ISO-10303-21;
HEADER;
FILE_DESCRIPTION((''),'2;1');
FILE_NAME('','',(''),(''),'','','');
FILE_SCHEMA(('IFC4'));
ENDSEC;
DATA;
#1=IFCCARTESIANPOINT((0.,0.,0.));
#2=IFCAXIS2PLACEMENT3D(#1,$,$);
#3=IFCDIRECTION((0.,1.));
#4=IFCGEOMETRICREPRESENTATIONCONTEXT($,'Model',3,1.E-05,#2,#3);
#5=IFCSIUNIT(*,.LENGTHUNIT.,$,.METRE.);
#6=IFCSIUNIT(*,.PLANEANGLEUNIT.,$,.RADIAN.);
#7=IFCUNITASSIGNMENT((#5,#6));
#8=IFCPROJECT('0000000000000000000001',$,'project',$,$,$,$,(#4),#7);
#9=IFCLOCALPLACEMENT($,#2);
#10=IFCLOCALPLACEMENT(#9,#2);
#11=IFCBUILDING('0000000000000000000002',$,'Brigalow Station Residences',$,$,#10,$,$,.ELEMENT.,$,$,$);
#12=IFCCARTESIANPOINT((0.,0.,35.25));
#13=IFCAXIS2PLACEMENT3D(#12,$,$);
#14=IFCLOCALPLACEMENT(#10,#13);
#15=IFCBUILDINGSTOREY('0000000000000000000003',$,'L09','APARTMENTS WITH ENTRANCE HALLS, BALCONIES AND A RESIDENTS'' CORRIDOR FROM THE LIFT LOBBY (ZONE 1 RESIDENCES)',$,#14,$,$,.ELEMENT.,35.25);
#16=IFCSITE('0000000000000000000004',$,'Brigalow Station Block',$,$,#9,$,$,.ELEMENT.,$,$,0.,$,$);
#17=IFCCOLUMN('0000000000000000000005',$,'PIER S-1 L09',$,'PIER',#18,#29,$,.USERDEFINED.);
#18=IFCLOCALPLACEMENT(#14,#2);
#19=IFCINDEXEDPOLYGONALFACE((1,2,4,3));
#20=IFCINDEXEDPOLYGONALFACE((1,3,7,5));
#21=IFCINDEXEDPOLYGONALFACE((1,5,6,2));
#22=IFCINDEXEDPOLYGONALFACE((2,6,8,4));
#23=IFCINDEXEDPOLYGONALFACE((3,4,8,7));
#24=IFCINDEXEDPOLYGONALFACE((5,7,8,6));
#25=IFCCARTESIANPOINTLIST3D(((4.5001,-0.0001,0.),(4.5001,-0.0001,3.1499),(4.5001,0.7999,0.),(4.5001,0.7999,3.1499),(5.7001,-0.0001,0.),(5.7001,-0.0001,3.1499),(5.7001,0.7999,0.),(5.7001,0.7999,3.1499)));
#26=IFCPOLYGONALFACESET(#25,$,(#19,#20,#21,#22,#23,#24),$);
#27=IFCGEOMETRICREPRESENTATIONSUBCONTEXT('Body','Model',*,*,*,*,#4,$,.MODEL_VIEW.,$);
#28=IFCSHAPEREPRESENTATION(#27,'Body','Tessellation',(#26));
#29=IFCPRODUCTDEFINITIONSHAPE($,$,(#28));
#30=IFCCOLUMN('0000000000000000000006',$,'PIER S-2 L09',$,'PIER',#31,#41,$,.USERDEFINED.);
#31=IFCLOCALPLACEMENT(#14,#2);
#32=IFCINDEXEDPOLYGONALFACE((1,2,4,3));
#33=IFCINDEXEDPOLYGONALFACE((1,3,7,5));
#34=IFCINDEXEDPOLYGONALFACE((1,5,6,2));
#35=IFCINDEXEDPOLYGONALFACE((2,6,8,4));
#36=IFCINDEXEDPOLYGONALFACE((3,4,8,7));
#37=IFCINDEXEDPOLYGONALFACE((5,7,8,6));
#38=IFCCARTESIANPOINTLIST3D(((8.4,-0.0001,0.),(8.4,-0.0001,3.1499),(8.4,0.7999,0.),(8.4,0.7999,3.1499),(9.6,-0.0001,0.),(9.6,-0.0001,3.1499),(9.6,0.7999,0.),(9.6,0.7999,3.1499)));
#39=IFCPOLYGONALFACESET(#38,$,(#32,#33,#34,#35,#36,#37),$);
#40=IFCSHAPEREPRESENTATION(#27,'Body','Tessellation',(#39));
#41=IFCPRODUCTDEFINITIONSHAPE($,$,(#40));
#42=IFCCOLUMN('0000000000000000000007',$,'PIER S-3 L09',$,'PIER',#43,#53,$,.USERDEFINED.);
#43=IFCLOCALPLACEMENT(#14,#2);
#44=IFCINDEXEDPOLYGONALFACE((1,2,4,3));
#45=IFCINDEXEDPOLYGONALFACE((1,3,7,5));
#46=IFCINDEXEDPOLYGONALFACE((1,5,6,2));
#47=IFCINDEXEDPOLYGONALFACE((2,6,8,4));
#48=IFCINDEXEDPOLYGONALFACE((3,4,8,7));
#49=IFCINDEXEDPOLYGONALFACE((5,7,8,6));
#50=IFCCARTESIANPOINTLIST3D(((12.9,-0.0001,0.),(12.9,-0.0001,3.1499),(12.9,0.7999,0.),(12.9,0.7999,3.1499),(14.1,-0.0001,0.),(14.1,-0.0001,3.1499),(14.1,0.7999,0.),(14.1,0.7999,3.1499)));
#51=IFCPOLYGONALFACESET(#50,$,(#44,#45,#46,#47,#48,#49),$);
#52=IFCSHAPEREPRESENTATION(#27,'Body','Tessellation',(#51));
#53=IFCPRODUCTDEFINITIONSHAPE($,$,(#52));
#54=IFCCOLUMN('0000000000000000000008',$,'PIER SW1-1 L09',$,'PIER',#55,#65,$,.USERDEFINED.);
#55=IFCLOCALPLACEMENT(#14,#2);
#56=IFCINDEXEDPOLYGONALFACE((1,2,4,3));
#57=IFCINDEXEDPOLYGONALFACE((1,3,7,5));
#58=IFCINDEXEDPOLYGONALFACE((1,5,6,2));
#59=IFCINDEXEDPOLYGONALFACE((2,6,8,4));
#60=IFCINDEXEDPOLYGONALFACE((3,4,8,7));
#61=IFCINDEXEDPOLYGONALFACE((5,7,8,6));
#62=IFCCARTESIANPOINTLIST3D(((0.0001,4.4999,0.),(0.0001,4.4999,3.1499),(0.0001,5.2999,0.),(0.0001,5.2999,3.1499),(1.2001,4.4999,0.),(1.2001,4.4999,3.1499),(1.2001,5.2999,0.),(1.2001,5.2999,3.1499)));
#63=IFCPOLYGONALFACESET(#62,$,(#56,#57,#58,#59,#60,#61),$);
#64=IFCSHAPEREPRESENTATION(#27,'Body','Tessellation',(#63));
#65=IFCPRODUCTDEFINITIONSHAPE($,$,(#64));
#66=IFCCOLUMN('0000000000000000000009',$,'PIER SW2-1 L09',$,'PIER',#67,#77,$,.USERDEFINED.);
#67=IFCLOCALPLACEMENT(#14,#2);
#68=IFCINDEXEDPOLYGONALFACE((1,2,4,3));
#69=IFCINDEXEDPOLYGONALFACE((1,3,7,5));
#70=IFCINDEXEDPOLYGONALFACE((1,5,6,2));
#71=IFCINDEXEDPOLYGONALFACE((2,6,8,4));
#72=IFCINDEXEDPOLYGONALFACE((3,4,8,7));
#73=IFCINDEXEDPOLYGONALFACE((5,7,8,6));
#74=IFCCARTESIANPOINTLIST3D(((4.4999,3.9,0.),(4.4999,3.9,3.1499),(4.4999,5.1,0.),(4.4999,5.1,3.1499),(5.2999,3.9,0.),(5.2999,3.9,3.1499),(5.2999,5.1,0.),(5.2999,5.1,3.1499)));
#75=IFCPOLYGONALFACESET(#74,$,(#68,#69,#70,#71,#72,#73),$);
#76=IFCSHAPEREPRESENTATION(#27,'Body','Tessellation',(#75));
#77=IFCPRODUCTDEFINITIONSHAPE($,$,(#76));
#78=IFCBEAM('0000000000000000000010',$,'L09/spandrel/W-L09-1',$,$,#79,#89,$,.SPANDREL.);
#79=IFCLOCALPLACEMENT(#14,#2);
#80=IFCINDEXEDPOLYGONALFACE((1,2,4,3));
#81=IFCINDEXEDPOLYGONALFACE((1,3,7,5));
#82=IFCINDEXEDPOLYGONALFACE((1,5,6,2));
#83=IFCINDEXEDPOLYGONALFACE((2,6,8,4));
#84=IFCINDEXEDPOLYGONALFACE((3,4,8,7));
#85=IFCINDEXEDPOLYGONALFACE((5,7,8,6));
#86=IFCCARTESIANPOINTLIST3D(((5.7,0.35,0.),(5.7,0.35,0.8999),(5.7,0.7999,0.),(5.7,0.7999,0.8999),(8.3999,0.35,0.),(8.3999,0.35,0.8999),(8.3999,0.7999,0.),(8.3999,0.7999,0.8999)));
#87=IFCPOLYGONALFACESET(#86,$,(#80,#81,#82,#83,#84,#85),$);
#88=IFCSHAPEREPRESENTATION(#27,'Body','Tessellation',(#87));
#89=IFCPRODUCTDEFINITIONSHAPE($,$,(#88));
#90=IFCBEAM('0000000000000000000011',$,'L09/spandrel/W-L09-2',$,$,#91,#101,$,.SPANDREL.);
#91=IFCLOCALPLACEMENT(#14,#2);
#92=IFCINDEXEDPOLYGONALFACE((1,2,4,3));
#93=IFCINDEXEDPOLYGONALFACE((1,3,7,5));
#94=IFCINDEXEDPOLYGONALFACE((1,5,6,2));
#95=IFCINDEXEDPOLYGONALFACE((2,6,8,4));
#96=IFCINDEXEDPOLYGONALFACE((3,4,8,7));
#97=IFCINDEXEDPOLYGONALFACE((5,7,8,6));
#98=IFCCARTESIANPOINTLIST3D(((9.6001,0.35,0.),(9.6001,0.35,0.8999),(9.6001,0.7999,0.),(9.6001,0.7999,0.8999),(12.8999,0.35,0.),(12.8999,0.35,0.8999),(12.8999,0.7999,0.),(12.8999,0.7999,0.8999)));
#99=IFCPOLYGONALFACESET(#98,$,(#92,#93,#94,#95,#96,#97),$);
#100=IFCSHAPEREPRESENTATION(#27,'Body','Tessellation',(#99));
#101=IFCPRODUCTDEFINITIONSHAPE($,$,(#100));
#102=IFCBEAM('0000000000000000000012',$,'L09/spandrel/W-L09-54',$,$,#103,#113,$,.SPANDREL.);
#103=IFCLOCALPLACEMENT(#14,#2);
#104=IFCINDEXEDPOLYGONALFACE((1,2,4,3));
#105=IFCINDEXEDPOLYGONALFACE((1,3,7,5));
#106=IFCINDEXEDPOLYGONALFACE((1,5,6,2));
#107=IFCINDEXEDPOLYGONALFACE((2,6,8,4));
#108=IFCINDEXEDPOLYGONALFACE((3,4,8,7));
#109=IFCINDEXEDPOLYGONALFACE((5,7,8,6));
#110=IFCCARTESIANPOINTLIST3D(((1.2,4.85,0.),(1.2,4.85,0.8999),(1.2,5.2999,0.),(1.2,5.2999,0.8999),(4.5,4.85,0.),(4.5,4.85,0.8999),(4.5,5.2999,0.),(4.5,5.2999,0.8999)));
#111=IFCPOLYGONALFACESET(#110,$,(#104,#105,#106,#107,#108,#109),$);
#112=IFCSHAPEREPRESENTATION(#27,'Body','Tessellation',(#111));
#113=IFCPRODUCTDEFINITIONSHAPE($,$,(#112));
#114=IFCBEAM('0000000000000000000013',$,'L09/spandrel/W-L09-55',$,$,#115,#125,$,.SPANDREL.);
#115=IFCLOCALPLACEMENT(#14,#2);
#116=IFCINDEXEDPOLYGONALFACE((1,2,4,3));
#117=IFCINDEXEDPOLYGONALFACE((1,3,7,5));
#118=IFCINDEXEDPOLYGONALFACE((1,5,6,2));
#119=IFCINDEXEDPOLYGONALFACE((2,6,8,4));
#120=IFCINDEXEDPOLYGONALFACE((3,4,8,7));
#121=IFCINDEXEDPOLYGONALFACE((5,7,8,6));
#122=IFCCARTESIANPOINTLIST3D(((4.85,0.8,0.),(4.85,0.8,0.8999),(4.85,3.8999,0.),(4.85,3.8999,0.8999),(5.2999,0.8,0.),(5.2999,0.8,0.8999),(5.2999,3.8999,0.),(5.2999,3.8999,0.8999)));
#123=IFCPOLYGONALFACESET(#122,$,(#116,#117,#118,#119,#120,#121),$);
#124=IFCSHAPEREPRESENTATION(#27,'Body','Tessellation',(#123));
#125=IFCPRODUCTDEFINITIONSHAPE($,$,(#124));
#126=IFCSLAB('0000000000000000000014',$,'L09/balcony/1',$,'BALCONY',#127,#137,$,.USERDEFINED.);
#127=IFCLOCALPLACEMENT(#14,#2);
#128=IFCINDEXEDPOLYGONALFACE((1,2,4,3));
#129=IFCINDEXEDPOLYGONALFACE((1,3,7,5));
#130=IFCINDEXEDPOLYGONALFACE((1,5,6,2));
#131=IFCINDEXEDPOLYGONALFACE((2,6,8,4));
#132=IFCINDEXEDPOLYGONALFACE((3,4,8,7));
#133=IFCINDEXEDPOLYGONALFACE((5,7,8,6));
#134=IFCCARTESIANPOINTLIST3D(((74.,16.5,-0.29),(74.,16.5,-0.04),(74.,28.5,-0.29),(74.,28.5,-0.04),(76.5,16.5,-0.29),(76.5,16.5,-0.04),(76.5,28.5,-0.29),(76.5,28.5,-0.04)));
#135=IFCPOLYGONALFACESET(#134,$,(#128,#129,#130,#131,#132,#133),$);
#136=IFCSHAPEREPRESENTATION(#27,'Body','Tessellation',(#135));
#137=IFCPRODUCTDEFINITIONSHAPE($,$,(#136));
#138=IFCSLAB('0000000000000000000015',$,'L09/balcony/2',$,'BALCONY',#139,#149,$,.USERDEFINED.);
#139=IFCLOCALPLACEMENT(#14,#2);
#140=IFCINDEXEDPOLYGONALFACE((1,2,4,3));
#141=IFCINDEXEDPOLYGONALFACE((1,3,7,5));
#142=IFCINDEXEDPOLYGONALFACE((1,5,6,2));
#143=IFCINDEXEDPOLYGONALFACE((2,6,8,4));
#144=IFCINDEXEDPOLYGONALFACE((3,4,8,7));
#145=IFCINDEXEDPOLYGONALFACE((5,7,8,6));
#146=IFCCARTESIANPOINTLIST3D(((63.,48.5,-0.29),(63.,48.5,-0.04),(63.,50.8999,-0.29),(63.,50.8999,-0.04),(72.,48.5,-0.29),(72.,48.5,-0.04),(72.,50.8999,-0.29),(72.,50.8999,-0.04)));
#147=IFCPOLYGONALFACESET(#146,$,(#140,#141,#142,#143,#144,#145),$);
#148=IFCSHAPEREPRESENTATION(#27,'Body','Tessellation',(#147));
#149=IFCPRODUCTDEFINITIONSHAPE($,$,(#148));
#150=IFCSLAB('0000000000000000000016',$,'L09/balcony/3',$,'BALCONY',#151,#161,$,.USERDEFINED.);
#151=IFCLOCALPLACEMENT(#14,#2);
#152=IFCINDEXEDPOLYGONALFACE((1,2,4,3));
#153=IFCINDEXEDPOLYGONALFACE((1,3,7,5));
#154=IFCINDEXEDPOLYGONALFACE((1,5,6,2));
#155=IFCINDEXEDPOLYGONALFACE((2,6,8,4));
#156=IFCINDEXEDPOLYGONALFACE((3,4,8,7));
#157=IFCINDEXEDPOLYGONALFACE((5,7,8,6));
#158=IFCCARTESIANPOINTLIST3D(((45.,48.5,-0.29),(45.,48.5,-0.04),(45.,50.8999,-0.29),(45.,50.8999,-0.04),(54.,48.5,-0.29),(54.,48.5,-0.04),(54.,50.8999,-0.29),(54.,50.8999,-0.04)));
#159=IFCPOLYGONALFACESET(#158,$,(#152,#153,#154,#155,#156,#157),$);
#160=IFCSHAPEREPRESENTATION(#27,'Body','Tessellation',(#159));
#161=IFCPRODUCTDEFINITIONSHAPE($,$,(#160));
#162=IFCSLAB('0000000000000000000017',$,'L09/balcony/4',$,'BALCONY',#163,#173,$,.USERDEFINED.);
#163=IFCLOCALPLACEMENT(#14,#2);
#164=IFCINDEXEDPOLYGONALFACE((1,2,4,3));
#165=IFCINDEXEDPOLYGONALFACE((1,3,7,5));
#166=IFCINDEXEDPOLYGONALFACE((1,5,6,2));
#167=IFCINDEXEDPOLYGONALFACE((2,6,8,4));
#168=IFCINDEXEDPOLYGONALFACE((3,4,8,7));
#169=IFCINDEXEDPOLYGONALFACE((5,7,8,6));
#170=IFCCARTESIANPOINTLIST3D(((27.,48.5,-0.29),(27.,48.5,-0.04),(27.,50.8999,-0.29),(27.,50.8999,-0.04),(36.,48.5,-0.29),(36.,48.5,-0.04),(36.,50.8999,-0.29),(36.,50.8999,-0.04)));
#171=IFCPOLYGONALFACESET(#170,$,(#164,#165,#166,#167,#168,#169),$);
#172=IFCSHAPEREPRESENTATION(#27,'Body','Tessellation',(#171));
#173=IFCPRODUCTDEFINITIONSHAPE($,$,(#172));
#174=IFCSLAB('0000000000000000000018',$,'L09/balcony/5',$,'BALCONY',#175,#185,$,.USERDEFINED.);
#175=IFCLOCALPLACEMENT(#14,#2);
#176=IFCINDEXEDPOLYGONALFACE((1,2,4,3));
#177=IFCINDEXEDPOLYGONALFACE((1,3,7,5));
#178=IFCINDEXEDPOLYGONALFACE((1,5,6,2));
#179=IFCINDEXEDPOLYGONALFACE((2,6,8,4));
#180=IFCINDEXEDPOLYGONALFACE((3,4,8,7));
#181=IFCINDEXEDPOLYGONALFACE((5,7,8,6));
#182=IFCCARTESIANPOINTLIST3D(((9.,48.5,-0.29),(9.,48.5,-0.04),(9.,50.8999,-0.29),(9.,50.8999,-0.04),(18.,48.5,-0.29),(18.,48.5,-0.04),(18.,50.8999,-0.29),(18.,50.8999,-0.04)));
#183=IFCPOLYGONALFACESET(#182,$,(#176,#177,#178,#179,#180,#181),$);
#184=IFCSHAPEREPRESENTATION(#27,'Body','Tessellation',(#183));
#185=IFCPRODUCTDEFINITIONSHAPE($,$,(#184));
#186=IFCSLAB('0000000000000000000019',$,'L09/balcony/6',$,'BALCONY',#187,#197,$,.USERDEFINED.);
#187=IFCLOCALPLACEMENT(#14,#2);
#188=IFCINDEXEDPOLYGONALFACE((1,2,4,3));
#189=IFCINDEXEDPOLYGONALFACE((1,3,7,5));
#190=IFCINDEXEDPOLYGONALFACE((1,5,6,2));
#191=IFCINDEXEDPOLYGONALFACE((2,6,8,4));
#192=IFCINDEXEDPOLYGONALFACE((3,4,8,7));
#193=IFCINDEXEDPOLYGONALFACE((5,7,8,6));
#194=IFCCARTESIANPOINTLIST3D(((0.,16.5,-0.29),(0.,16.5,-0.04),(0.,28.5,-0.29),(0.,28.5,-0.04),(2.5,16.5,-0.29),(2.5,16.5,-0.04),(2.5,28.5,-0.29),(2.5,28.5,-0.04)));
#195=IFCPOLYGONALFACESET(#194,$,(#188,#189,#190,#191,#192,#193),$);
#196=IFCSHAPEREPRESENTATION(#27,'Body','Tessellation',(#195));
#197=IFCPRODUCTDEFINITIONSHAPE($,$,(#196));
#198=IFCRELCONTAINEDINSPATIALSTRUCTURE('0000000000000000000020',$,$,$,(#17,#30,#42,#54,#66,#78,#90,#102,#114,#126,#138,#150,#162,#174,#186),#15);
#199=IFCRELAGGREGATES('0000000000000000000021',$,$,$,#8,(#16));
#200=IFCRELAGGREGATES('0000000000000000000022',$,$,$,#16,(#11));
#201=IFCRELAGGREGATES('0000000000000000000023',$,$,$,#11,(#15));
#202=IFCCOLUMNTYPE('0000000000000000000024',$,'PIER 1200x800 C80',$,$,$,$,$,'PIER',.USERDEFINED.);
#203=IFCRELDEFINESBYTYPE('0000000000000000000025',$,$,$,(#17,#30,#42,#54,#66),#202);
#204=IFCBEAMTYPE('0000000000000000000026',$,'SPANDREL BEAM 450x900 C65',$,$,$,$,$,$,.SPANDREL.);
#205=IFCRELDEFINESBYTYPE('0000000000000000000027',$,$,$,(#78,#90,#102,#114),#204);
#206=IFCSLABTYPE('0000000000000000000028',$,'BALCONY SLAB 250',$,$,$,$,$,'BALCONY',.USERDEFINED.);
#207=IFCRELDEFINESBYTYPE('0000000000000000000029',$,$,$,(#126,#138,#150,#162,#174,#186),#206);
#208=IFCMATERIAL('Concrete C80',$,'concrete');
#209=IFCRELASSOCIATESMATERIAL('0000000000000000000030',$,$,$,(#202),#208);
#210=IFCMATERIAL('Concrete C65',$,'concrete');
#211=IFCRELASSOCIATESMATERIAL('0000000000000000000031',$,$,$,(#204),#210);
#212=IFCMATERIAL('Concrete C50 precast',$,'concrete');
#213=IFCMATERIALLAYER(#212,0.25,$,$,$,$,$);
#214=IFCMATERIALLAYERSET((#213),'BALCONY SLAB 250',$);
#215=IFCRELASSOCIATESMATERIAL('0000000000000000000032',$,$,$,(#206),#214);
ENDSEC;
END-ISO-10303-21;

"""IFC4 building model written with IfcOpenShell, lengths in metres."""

from ifc_helpers import new_model, si_unit, direction, frame, origin, origin_2d, place, context, subcontext, project, spatial, polyline, rectangle, outline, extrude, material, layer, layer_set, material_profile, profile_set, type_object, element, save


model = new_model("IFC4")

# Units and contexts
model_context = context("Model", 3, precision=1e-05, world=origin(), true_north=direction((0.0, 1.0)))
body_context = subcontext(model_context, "Body", "Model", "MODEL_VIEW")
ifc_project = project(units=[si_unit("LENGTHUNIT", "METRE"), si_unit("PLANEANGLEUNIT", "RADIAN")], contexts=[model_context])

# Site, building, storey
site_placement = place(None, origin())
site = spatial("IfcSite", under=ifc_project, at=site_placement, Name="Brigalow Station Block", CompositionType="ELEMENT", RefElevation=0.0)
building_placement = place(site_placement, origin())
building = spatial("IfcBuilding", under=site, at=building_placement, Name="Brigalow Station Residences", CompositionType="ELEMENT")
storey_placement = place(building_placement, frame((0.0, 0.0, 35.25)))
storey = spatial("IfcBuildingStorey", under=building, at=storey_placement, Name="L09", Description="APARTMENTS WITH ENTRANCE HALLS, BALCONIES AND A RESIDENTS' CORRIDOR FROM THE LIFT LOBBY (ZONE 1 RESIDENCES)", CompositionType="ELEMENT", Elevation=35.25)

# Columns
ifc_material_1 = material(Name="Concrete C80", Category="concrete")
ifc_material_profile_1 = material_profile(ifc_material_1, rectangle(XDim=1.2, YDim=0.8, at=origin_2d()), Name="RC1200x800")
ifc_profile_set_1 = profile_set([ifc_material_profile_1], Name="Concrete C80")
column_type = type_object("IfcColumnType", Name="PIER 1200x800 C80", ElementType="PIER", PredefinedType="USERDEFINED", material=ifc_profile_set_1)
for number, where, z_axis, x_axis, name in (
    (1, (5.1001, 0.3999, 0.0), (0.0, 0.0, 1.0), (1.0, 0.0, 0.0), "PIER S-1 L09"),
    (2, (9.0, 0.3999, 0.0), (0.0, 0.0, 1.0), (1.0, 0.0, 0.0), "PIER S-2 L09"),
    (3, (13.5, 0.3999, 0.0), (0.0, 0.0, 1.0), (1.0, 0.0, 0.0), "PIER S-3 L09"),
    (4, (0.6001, 4.8999, 0.0), (0.0, 0.0, 1.0), (1.0, 0.0, 0.0), "PIER SW1-1 L09"),
    (5, (4.8999, 4.5, 0.0), (0.0, 0.0, 1.0), (0.0, -1.0, 0.0), "PIER SW2-1 L09"),
):
    element("IfcColumn", number, at=place(storey_placement, frame(where, z_axis=z_axis, x_axis=x_axis)), inside=storey, type_object=column_type, Name=name, ObjectType="PIER", PredefinedType="USERDEFINED", context=body_context, shape_type="SweptSolid", body=[
        extrude(rectangle(XDim=1.2, YDim=0.8, at=origin_2d()), origin(), (0.0, 0.0, 1.0), 3.1499),
    ])

# Beams
ifc_material_2 = material(Name="Concrete C65", Category="concrete")
ifc_material_profile_2 = material_profile(ifc_material_2, rectangle(XDim=0.45, YDim=0.8999, at=origin_2d()), Name="RC450x900")
ifc_profile_set_2 = profile_set([ifc_material_profile_2], Name="Concrete C65")
beam_type = type_object("IfcBeamType", Name="SPANDREL BEAM 450x900 C65", PredefinedType="SPANDREL", material=ifc_profile_set_2)
beam_1_placement = place(storey_placement, frame((5.7, 0.575, 0.45), z_axis=(1.0, 0.0, 0.0), x_axis=(0.0, 1.0, 0.0)))
element("IfcBeam", 6, at=beam_1_placement, inside=storey, type_object=beam_type, Name="L09/spandrel/W-L09-1", PredefinedType="SPANDREL", context=body_context, shape_type="SweptSolid", body=[
    extrude(rectangle(XDim=0.45, YDim=0.8999, at=origin_2d()), origin(), (0.0, 0.0, 1.0), 2.7),
])
beam_2_placement = place(storey_placement, frame((9.6001, 0.575, 0.45), z_axis=(1.0, 0.0, 0.0), x_axis=(0.0, 1.0, 0.0)))
element("IfcBeam", 7, at=beam_2_placement, inside=storey, type_object=beam_type, Name="L09/spandrel/W-L09-2", PredefinedType="SPANDREL", context=body_context, shape_type="SweptSolid", body=[
    extrude(rectangle(XDim=0.45, YDim=0.8999, at=origin_2d()), origin(), (0.0, 0.0, 1.0), 3.2998),
])
beam_3_placement = place(storey_placement, frame((1.2, 5.075, 0.45), z_axis=(1.0, 0.0, 0.0), x_axis=(0.0, 1.0, 0.0)))
element("IfcBeam", 8, at=beam_3_placement, inside=storey, type_object=beam_type, Name="L09/spandrel/W-L09-54", PredefinedType="SPANDREL", context=body_context, shape_type="SweptSolid", body=[
    extrude(rectangle(XDim=0.45, YDim=0.8999, at=origin_2d()), origin(), (0.0, 0.0, 1.0), 3.3),
])
beam_4_placement = place(storey_placement, frame((5.075, 3.8999, 0.45), z_axis=(0.0, -1.0, 0.0), x_axis=(1.0, 0.0, 0.0)))
element("IfcBeam", 9, at=beam_4_placement, inside=storey, type_object=beam_type, Name="L09/spandrel/W-L09-55", PredefinedType="SPANDREL", context=body_context, shape_type="SweptSolid", body=[
    extrude(rectangle(XDim=0.45, YDim=0.8999, at=origin_2d()), origin(), (0.0, 0.0, 1.0), 3.0999),
])

# Slabs
ifc_material_3 = material(Name="Concrete C50 precast", Category="concrete")
ifc_layer_1 = layer(ifc_material_3, 0.25)
ifc_layer_set_1 = layer_set([ifc_layer_1], Name="BALCONY SLAB 250")
slab_type_1 = type_object("IfcSlabType", Name="BALCONY SLAB 250", ElementType="BALCONY", PredefinedType="USERDEFINED", material=ifc_layer_set_1)
slab_1_placement = place(storey_placement, frame((0.0, 0.0, -0.29)))
element("IfcSlab", 10, at=slab_1_placement, inside=storey, type_object=slab_type_1, Name="L09/balcony/1", ObjectType="BALCONY", PredefinedType="USERDEFINED", context=body_context, shape_type="SweptSolid", body=[
    extrude(outline(polyline([(74.0, 16.5), (76.5, 16.5), (76.5, 28.5), (74.0, 28.5), (74.0, 16.5)])), origin(), (0.0, 0.0, 1.0), 0.25),
])
slab_2_placement = place(storey_placement, frame((0.0, 0.0, -0.29)))
element("IfcSlab", 11, at=slab_2_placement, inside=storey, type_object=slab_type_1, Name="L09/balcony/2", ObjectType="BALCONY", PredefinedType="USERDEFINED", context=body_context, shape_type="SweptSolid", body=[
    extrude(outline(polyline([(72.0, 48.5), (72.0, 50.8999), (63.0, 50.8999), (63.0, 48.5), (72.0, 48.5)])), origin(), (0.0, 0.0, 1.0), 0.25),
])
slab_3_placement = place(storey_placement, frame((0.0, 0.0, -0.29)))
element("IfcSlab", 12, at=slab_3_placement, inside=storey, type_object=slab_type_1, Name="L09/balcony/3", ObjectType="BALCONY", PredefinedType="USERDEFINED", context=body_context, shape_type="SweptSolid", body=[
    extrude(outline(polyline([(54.0, 48.5), (54.0, 50.8999), (45.0, 50.8999), (45.0, 48.5), (54.0, 48.5)])), origin(), (0.0, 0.0, 1.0), 0.25),
])
slab_4_placement = place(storey_placement, frame((0.0, 0.0, -0.29)))
element("IfcSlab", 13, at=slab_4_placement, inside=storey, type_object=slab_type_1, Name="L09/balcony/4", ObjectType="BALCONY", PredefinedType="USERDEFINED", context=body_context, shape_type="SweptSolid", body=[
    extrude(outline(polyline([(36.0, 48.5), (36.0, 50.8999), (27.0, 50.8999), (27.0, 48.5), (36.0, 48.5)])), origin(), (0.0, 0.0, 1.0), 0.25),
])
slab_5_placement = place(storey_placement, frame((0.0, 0.0, -0.29)))
element("IfcSlab", 14, at=slab_5_placement, inside=storey, type_object=slab_type_1, Name="L09/balcony/5", ObjectType="BALCONY", PredefinedType="USERDEFINED", context=body_context, shape_type="SweptSolid", body=[
    extrude(outline(polyline([(18.0, 48.5), (18.0, 50.8999), (9.0, 50.8999), (9.0, 48.5), (18.0, 48.5)])), origin(), (0.0, 0.0, 1.0), 0.25),
])
slab_6_placement = place(storey_placement, frame((0.0, 0.0, -0.29)))
element("IfcSlab", 15, at=slab_6_placement, inside=storey, type_object=slab_type_1, Name="L09/balcony/6", ObjectType="BALCONY", PredefinedType="USERDEFINED", context=body_context, shape_type="SweptSolid", body=[
    extrude(outline(polyline([(2.5, 28.5), (0.0, 28.5), (0.0, 16.5), (2.5, 16.5), (2.5, 28.5)])), origin(), (0.0, 0.0, 1.0), 0.25),
])

save(model, "model.ifc")
